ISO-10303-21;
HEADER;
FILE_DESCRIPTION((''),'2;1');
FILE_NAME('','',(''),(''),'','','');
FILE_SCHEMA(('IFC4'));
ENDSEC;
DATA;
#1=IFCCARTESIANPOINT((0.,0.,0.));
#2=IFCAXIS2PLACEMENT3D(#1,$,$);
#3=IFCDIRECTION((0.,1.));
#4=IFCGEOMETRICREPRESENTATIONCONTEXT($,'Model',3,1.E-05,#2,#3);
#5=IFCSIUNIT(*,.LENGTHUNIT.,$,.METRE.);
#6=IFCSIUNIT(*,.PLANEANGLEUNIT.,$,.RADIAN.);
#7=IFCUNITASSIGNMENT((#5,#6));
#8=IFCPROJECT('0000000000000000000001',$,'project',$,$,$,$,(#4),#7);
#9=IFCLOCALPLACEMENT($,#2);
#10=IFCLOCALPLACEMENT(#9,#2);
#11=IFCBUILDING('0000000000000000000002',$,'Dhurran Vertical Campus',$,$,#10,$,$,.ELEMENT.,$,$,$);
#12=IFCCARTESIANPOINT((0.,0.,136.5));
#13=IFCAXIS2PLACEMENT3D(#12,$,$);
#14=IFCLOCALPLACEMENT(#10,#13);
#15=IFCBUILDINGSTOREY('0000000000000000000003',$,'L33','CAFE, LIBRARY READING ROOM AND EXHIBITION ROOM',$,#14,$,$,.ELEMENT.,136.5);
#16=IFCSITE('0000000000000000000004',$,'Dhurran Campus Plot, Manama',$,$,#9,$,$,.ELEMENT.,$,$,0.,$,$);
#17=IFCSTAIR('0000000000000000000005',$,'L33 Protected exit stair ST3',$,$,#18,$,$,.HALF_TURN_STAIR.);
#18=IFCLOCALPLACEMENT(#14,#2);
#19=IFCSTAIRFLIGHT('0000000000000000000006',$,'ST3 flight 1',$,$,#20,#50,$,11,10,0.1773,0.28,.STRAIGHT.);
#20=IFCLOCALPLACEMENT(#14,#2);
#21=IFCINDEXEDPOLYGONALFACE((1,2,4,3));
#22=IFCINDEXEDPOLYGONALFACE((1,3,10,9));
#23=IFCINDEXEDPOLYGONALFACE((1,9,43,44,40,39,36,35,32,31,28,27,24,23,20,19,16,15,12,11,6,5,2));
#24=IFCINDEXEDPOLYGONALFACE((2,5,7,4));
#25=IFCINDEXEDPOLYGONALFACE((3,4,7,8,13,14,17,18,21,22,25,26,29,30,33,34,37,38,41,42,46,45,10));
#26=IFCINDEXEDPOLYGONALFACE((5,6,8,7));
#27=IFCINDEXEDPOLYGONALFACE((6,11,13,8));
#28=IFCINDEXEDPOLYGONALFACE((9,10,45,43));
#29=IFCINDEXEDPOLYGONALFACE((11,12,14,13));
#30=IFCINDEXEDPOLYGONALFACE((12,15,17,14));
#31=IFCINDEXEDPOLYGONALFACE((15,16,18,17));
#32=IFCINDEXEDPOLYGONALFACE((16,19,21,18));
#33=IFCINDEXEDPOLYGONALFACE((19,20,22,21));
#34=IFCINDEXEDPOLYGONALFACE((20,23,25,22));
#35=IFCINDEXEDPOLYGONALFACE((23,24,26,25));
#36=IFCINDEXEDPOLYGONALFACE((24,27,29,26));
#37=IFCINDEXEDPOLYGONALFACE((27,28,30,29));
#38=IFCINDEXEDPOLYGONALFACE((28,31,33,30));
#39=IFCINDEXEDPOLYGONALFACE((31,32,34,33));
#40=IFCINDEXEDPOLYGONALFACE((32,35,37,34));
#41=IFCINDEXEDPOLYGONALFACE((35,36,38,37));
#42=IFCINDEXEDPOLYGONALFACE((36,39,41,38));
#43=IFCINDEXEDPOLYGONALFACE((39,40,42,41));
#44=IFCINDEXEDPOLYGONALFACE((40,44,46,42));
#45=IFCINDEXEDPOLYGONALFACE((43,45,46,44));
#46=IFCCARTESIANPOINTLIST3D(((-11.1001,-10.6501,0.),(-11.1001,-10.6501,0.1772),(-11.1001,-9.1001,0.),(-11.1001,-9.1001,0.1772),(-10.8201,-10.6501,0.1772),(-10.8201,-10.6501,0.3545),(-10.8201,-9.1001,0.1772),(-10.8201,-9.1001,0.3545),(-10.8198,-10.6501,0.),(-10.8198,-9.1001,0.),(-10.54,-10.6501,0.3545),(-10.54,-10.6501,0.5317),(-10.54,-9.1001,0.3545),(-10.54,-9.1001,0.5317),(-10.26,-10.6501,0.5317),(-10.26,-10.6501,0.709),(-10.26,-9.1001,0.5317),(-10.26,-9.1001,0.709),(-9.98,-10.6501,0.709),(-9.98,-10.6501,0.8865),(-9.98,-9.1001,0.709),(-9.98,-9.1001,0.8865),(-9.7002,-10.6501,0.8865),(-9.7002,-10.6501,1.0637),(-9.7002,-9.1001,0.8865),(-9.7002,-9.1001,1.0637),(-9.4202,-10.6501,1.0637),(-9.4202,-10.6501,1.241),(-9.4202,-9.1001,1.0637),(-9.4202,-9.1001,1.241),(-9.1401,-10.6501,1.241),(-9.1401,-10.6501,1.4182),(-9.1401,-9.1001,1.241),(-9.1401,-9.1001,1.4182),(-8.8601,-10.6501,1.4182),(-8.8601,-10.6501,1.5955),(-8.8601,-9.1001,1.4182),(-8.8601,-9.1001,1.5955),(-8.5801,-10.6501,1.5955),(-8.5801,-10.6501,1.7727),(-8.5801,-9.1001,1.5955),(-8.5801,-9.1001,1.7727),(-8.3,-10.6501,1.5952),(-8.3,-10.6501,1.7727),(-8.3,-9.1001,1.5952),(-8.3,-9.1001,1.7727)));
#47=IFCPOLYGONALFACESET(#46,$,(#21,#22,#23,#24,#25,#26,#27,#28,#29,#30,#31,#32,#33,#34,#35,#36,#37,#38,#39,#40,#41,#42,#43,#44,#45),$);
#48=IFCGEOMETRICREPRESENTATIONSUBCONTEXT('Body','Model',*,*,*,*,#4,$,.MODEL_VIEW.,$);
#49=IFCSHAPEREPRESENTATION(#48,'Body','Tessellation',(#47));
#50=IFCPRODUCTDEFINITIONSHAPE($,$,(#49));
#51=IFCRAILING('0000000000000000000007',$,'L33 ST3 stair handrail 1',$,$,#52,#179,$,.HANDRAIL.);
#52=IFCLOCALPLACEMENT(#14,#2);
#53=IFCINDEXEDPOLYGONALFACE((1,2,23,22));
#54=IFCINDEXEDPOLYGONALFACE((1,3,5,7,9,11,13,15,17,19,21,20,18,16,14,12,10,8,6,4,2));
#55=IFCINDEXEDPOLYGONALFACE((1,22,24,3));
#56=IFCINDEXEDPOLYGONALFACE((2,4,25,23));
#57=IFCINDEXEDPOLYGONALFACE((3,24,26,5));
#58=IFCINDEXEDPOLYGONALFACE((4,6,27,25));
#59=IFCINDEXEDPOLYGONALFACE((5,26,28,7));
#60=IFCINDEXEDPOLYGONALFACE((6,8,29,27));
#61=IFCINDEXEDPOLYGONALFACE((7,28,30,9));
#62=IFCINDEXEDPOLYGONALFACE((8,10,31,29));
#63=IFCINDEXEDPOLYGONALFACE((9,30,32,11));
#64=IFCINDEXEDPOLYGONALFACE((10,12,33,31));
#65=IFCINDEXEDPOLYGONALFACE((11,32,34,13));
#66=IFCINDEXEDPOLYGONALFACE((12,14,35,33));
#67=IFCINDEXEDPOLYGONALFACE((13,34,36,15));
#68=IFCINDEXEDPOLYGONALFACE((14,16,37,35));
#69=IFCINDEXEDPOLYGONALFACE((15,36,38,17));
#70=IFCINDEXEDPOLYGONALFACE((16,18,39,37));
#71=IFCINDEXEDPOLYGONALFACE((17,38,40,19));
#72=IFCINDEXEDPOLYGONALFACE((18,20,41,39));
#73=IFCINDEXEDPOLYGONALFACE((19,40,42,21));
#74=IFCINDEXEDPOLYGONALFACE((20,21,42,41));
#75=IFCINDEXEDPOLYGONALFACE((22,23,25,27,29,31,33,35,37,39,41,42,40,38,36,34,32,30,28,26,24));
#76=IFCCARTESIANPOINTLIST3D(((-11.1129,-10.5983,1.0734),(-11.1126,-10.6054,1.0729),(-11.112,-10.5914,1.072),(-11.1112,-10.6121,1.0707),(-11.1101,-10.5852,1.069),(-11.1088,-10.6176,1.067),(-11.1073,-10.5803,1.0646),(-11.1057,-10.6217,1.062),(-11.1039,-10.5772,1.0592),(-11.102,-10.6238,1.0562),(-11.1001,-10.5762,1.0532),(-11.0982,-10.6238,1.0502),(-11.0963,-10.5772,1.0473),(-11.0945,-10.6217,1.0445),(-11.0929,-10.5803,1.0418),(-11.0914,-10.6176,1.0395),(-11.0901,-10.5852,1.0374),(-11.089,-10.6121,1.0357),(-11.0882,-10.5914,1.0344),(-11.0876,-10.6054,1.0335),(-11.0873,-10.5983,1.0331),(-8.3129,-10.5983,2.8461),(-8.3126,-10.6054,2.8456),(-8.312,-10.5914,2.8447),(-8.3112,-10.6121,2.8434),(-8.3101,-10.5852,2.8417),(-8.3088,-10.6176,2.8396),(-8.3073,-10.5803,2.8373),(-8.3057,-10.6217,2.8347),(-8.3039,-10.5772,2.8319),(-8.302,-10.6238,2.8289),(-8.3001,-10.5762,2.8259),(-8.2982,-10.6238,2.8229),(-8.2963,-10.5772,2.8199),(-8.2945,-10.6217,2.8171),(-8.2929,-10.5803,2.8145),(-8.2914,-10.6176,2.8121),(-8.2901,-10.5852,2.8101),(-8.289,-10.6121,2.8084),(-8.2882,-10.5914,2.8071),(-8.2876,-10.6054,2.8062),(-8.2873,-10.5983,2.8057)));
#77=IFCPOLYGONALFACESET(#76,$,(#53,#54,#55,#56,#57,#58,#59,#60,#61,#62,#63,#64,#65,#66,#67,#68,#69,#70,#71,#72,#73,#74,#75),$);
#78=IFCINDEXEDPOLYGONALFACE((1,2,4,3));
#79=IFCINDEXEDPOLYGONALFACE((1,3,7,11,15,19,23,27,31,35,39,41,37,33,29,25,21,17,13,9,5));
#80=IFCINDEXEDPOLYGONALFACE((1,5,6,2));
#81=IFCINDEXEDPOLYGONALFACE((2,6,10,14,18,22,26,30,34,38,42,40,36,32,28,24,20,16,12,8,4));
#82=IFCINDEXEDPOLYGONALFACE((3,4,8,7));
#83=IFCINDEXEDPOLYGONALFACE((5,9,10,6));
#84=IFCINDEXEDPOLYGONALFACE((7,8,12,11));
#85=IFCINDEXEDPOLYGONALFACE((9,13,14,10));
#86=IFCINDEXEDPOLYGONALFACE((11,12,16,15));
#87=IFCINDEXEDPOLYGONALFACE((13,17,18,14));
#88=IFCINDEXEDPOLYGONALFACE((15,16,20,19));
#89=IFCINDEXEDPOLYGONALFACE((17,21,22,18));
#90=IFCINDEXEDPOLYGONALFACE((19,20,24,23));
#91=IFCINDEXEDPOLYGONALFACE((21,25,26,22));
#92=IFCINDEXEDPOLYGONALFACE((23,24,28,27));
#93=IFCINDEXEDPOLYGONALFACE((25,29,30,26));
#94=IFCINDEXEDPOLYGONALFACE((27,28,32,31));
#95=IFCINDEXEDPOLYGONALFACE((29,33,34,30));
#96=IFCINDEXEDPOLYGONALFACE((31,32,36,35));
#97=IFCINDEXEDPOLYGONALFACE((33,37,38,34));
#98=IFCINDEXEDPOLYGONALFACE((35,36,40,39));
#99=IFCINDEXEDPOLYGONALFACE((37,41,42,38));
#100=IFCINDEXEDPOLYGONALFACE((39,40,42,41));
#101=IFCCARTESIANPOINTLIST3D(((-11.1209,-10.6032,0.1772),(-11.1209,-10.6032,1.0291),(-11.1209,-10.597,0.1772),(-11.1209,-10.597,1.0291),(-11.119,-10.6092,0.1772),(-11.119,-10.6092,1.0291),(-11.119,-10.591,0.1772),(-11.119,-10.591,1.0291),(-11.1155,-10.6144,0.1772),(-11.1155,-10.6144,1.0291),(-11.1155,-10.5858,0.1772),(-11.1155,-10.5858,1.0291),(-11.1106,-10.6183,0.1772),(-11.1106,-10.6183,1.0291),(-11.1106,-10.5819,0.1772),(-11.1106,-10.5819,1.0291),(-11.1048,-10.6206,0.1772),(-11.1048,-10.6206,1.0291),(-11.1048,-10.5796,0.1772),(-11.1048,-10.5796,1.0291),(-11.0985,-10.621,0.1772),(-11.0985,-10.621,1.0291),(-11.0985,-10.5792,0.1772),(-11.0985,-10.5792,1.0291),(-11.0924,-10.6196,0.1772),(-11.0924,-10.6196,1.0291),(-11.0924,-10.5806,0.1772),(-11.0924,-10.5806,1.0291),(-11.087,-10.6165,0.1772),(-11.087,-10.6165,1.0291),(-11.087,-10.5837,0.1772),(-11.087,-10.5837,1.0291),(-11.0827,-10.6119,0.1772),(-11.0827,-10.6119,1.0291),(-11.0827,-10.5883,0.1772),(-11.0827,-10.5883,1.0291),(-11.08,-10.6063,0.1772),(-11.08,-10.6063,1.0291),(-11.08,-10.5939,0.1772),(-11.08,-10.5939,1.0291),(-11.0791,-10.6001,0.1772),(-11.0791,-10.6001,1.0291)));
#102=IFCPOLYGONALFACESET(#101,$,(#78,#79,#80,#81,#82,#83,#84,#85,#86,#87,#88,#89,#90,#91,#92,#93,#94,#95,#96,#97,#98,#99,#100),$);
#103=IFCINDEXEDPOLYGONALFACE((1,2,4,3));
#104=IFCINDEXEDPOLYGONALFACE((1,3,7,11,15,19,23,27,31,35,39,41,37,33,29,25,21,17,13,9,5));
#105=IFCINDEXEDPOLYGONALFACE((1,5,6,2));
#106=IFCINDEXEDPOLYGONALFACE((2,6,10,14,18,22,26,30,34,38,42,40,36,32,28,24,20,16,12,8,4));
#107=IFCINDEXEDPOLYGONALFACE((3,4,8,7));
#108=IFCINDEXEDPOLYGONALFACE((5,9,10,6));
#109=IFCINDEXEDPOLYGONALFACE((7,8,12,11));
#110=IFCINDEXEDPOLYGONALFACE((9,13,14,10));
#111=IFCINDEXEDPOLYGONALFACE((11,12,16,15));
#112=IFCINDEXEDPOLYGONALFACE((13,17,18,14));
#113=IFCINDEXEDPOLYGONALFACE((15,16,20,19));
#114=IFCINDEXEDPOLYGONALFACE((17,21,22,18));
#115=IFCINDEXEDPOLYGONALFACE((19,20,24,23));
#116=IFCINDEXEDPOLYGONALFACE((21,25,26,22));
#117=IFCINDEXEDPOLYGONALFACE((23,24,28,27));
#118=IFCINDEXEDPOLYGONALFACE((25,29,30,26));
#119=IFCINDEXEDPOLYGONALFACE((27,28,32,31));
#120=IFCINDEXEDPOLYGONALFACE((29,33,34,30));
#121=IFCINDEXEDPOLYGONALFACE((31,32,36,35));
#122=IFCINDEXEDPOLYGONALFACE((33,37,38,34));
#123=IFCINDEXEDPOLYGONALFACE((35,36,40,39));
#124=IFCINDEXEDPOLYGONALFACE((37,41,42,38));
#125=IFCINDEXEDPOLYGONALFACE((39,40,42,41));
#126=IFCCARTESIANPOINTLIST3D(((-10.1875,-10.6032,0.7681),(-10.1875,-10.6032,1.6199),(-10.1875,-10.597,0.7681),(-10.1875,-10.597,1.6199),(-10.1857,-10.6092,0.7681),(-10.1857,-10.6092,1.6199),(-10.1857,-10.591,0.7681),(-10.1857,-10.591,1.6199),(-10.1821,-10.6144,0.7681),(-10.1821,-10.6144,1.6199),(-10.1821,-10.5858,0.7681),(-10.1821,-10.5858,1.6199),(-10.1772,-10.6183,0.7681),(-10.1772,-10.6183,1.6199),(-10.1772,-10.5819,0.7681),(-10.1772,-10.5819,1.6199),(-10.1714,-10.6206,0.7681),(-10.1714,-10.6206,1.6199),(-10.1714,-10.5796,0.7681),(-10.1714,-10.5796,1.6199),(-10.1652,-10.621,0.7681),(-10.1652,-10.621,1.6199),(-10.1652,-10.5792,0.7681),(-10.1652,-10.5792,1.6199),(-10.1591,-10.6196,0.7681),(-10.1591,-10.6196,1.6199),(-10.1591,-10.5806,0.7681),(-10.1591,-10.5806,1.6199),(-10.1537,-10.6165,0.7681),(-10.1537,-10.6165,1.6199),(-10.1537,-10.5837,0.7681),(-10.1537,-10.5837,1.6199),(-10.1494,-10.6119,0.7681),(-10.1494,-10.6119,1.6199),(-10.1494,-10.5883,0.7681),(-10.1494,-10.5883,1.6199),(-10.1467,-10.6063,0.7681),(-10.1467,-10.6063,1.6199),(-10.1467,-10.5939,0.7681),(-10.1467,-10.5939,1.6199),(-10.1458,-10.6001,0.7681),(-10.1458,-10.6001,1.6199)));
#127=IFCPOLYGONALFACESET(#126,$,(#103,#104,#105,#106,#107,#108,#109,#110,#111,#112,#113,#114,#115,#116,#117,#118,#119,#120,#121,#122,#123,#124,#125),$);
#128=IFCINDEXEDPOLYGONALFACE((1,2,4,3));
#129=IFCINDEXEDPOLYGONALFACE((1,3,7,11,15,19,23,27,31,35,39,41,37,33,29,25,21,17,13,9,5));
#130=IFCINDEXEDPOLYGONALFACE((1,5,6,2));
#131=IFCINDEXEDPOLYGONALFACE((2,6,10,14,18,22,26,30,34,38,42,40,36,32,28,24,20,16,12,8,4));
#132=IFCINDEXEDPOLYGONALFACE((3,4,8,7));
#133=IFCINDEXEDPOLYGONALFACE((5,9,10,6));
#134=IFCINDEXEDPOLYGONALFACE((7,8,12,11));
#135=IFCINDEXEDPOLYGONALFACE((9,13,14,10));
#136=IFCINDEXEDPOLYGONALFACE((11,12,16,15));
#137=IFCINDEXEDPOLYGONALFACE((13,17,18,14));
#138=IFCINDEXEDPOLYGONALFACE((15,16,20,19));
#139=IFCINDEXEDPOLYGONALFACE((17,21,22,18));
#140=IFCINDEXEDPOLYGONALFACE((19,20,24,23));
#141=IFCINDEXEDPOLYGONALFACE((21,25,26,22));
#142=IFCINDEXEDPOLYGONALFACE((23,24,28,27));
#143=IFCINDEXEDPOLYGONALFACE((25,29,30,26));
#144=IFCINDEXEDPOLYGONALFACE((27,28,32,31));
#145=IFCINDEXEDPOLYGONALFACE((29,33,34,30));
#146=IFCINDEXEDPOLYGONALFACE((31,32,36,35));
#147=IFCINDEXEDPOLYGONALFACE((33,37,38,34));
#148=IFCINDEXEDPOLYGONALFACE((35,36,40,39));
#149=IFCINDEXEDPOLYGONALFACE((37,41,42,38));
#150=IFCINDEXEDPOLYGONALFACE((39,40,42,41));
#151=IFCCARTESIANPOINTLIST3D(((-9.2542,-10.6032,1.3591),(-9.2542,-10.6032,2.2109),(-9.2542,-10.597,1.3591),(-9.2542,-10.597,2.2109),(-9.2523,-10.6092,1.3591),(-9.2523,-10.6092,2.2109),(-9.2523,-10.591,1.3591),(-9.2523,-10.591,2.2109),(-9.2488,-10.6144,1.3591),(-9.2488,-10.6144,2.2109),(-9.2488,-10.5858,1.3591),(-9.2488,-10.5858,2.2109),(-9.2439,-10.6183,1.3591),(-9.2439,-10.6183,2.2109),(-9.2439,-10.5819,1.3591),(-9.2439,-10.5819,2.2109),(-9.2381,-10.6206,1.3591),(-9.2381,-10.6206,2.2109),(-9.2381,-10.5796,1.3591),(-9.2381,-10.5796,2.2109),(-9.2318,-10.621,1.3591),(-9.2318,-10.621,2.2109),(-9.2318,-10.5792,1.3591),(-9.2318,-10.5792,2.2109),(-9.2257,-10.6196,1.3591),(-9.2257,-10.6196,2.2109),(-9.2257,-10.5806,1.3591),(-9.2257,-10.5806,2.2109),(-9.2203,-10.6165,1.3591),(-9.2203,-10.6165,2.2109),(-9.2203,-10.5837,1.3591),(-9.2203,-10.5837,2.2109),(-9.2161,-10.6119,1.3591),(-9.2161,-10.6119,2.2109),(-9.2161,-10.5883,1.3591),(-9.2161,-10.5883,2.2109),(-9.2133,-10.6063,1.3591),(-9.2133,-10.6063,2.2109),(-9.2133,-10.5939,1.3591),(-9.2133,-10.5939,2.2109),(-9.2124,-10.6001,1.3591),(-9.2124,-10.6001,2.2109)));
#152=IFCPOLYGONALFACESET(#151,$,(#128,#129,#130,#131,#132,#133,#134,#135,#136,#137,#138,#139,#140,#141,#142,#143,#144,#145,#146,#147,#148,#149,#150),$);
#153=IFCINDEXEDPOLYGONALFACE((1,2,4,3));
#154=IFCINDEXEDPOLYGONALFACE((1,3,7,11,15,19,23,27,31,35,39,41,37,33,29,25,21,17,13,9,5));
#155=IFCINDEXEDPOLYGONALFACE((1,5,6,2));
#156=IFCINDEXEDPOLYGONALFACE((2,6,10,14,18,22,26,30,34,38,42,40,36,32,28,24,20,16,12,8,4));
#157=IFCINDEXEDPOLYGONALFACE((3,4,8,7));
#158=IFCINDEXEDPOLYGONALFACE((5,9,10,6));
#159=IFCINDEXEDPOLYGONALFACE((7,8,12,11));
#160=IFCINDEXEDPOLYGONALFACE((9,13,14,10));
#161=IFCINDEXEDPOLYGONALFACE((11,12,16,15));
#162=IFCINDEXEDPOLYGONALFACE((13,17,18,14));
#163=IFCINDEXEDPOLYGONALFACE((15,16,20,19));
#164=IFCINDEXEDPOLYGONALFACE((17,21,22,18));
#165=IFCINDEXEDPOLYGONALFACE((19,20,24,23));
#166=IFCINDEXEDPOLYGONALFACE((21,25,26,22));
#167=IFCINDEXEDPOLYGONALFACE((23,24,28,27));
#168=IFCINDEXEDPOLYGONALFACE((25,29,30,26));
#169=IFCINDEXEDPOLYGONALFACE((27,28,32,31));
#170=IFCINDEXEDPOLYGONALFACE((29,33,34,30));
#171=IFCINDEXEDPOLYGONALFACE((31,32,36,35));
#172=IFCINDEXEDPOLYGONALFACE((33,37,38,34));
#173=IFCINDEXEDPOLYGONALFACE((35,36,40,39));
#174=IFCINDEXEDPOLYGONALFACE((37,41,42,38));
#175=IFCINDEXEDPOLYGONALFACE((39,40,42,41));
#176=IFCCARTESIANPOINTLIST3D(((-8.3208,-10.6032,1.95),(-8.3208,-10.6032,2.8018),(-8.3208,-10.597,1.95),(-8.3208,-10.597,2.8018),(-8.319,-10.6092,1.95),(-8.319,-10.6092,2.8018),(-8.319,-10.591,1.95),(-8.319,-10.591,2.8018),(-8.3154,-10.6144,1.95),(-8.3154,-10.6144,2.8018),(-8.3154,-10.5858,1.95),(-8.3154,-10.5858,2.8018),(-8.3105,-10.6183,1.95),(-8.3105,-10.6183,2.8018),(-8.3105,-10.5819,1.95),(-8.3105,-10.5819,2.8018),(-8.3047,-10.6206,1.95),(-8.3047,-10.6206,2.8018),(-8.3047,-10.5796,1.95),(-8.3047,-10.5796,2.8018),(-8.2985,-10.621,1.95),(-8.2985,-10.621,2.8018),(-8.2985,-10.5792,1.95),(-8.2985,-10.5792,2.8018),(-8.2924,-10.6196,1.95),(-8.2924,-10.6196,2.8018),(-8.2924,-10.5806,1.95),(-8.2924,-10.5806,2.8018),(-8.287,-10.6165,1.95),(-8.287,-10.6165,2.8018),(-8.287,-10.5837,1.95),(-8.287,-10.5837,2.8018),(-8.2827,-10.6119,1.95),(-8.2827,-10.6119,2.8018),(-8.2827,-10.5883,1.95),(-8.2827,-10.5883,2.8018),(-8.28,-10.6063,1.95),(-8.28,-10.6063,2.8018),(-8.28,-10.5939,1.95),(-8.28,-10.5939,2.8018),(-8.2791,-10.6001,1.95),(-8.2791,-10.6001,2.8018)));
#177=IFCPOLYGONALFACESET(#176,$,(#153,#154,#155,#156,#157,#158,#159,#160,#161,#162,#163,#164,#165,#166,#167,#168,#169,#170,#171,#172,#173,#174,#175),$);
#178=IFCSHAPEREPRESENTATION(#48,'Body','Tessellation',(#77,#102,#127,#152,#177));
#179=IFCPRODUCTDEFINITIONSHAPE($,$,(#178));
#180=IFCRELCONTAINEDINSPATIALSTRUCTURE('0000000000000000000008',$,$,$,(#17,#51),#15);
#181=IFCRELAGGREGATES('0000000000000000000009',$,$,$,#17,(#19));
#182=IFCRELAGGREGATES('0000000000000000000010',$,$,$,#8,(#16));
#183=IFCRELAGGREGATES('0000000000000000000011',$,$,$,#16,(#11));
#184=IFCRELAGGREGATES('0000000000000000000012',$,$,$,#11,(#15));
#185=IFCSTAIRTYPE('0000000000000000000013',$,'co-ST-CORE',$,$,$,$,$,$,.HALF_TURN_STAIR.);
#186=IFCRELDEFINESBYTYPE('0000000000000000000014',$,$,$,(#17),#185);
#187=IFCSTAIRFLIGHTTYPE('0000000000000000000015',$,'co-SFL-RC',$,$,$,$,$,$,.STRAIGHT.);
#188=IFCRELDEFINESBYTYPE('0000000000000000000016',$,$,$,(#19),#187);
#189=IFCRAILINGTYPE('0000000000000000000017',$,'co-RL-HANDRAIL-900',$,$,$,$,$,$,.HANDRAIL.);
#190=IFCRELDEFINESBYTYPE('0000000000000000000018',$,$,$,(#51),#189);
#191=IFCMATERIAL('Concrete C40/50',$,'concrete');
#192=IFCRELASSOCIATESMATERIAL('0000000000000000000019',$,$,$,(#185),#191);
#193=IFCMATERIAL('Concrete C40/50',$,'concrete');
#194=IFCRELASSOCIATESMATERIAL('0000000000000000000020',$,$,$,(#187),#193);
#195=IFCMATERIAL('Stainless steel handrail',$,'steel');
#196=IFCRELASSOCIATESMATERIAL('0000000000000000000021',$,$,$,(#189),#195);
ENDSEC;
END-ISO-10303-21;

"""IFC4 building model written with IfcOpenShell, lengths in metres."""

from ifc_helpers import new_model, si_unit, direction, frame, origin, origin_2d, place, context, subcontext, project, spatial, polyline, circle, outline, extrude, material, type_object, element, aggregate, save


model = new_model("IFC4")

# Units and contexts
model_context = context("Model", 3, precision=1e-05, world=origin(), true_north=direction((0.0, 1.0)))
body_context = subcontext(model_context, "Body", "Model", "MODEL_VIEW")
ifc_project = project(units=[si_unit("LENGTHUNIT", "METRE"), si_unit("PLANEANGLEUNIT", "RADIAN")], contexts=[model_context])

# Site, building, storey
site_placement = place(None, origin())
site = spatial("IfcSite", under=ifc_project, at=site_placement, Name="Dhurran Campus Plot, Manama", CompositionType="ELEMENT", RefElevation=0.0)
building_placement = place(site_placement, origin())
building = spatial("IfcBuilding", under=site, at=building_placement, Name="Dhurran Vertical Campus", CompositionType="ELEMENT")
storey_placement = place(building_placement, frame((0.0, 0.0, 136.5)))
storey = spatial("IfcBuildingStorey", under=building, at=storey_placement, Name="L33", Description="CAFE, LIBRARY READING ROOM AND EXHIBITION ROOM", CompositionType="ELEMENT", Elevation=136.5)

# Stair, stair flight
ifc_material_1 = material(Name="Concrete C40/50", Category="concrete")
stair_type = type_object("IfcStairType", Name="co-ST-CORE", PredefinedType="HALF_TURN_STAIR", material=ifc_material_1)
stair_placement = place(storey_placement, origin())
stair = element("IfcStair", 1, at=stair_placement, inside=storey, type_object=stair_type, Name="L33 Protected exit stair ST3", PredefinedType="HALF_TURN_STAIR")
ifc_material_2 = material(Name="Concrete C40/50", Category="concrete")
stair_flight_type = type_object("IfcStairFlightType", Name="co-SFL-RC", PredefinedType="STRAIGHT", material=ifc_material_2)
stair_flight_placement = place(storey_placement, frame((-11.1001, -9.875, 0.0), z_axis=(0.0, 0.0, 1.0), x_axis=(1.0, 0.0, 0.0)))
stair_flight = element("IfcStairFlight", 2, at=stair_flight_placement, type_object=stair_flight_type, Name="ST3 flight 1", NumberOfRisers=11, NumberOfTreads=10, PredefinedType="STRAIGHT", RiserHeight=0.1773, TreadLength=0.28, context=body_context, shape_type="SweptSolid", body=[
    extrude(outline(polyline([(0.0, 0.0), (0.0, 0.1772), (0.28, 0.1772), (0.28, 0.3545), (0.5601, 0.3545), (0.5601, 0.5317), (0.8401, 0.5317), (0.8401, 0.709), (1.1201, 0.709), (1.1201, 0.8865), (1.3999, 0.8865), (1.3999, 1.0637), (1.6799, 1.0637), (1.6799, 1.241), (1.96, 1.241), (1.96, 1.4182), (2.24, 1.4182), (2.24, 1.5955), (2.52, 1.5955), (2.52, 1.7727), (2.8, 1.7727), (2.8, 1.95), (2.8, 1.5952), (0.2803, 0.0), (0.0, 0.0)])), frame((0.0, 0.7749, 0.0), z_axis=(0.0, -1.0, 0.0), x_axis=(1.0, 0.0, 0.0)), (0.0, 0.0, 1.0), 1.55),
])
aggregate(stair, [stair_flight])

# Railing
ifc_material_3 = material(Name="Stainless steel handrail", Category="steel")
railing_type = type_object("IfcRailingType", Name="co-RL-HANDRAIL-900", PredefinedType="HANDRAIL", material=ifc_material_3)
railing_placement = place(storey_placement, frame((-11.1001, -10.6001, 0.1772)))
element("IfcRailing", 3, at=railing_placement, inside=storey, type_object=railing_type, Name="L33 ST3 stair handrail 1", PredefinedType="HANDRAIL", context=body_context, shape_type="SweptSolid", body=[
    extrude(circle(Radius=0.0239, at=origin_2d()), frame((0.0, 0.0, 0.876), z_axis=(0.844909, 0.0, 0.53491), x_axis=(0.0, 1.0, 0.0)), (0.0, 0.0, 1.0), 3.314),
    extrude(circle(Radius=0.021, at=origin_2d()), origin(), (0.0, 0.0, 1.0), 0.8518),
    extrude(circle(Radius=0.021, at=origin_2d()), frame((0.9333, 0.0, 0.5908)), (0.0, 0.0, 1.0), 0.8518),
    extrude(circle(Radius=0.021, at=origin_2d()), frame((1.8667, 0.0, 1.1819)), (0.0, 0.0, 1.0), 0.8518),
    extrude(circle(Radius=0.021, at=origin_2d()), frame((2.8, 0.0, 1.7727)), (0.0, 0.0, 1.0), 0.8518),
])

save(model, "model.ifc")
